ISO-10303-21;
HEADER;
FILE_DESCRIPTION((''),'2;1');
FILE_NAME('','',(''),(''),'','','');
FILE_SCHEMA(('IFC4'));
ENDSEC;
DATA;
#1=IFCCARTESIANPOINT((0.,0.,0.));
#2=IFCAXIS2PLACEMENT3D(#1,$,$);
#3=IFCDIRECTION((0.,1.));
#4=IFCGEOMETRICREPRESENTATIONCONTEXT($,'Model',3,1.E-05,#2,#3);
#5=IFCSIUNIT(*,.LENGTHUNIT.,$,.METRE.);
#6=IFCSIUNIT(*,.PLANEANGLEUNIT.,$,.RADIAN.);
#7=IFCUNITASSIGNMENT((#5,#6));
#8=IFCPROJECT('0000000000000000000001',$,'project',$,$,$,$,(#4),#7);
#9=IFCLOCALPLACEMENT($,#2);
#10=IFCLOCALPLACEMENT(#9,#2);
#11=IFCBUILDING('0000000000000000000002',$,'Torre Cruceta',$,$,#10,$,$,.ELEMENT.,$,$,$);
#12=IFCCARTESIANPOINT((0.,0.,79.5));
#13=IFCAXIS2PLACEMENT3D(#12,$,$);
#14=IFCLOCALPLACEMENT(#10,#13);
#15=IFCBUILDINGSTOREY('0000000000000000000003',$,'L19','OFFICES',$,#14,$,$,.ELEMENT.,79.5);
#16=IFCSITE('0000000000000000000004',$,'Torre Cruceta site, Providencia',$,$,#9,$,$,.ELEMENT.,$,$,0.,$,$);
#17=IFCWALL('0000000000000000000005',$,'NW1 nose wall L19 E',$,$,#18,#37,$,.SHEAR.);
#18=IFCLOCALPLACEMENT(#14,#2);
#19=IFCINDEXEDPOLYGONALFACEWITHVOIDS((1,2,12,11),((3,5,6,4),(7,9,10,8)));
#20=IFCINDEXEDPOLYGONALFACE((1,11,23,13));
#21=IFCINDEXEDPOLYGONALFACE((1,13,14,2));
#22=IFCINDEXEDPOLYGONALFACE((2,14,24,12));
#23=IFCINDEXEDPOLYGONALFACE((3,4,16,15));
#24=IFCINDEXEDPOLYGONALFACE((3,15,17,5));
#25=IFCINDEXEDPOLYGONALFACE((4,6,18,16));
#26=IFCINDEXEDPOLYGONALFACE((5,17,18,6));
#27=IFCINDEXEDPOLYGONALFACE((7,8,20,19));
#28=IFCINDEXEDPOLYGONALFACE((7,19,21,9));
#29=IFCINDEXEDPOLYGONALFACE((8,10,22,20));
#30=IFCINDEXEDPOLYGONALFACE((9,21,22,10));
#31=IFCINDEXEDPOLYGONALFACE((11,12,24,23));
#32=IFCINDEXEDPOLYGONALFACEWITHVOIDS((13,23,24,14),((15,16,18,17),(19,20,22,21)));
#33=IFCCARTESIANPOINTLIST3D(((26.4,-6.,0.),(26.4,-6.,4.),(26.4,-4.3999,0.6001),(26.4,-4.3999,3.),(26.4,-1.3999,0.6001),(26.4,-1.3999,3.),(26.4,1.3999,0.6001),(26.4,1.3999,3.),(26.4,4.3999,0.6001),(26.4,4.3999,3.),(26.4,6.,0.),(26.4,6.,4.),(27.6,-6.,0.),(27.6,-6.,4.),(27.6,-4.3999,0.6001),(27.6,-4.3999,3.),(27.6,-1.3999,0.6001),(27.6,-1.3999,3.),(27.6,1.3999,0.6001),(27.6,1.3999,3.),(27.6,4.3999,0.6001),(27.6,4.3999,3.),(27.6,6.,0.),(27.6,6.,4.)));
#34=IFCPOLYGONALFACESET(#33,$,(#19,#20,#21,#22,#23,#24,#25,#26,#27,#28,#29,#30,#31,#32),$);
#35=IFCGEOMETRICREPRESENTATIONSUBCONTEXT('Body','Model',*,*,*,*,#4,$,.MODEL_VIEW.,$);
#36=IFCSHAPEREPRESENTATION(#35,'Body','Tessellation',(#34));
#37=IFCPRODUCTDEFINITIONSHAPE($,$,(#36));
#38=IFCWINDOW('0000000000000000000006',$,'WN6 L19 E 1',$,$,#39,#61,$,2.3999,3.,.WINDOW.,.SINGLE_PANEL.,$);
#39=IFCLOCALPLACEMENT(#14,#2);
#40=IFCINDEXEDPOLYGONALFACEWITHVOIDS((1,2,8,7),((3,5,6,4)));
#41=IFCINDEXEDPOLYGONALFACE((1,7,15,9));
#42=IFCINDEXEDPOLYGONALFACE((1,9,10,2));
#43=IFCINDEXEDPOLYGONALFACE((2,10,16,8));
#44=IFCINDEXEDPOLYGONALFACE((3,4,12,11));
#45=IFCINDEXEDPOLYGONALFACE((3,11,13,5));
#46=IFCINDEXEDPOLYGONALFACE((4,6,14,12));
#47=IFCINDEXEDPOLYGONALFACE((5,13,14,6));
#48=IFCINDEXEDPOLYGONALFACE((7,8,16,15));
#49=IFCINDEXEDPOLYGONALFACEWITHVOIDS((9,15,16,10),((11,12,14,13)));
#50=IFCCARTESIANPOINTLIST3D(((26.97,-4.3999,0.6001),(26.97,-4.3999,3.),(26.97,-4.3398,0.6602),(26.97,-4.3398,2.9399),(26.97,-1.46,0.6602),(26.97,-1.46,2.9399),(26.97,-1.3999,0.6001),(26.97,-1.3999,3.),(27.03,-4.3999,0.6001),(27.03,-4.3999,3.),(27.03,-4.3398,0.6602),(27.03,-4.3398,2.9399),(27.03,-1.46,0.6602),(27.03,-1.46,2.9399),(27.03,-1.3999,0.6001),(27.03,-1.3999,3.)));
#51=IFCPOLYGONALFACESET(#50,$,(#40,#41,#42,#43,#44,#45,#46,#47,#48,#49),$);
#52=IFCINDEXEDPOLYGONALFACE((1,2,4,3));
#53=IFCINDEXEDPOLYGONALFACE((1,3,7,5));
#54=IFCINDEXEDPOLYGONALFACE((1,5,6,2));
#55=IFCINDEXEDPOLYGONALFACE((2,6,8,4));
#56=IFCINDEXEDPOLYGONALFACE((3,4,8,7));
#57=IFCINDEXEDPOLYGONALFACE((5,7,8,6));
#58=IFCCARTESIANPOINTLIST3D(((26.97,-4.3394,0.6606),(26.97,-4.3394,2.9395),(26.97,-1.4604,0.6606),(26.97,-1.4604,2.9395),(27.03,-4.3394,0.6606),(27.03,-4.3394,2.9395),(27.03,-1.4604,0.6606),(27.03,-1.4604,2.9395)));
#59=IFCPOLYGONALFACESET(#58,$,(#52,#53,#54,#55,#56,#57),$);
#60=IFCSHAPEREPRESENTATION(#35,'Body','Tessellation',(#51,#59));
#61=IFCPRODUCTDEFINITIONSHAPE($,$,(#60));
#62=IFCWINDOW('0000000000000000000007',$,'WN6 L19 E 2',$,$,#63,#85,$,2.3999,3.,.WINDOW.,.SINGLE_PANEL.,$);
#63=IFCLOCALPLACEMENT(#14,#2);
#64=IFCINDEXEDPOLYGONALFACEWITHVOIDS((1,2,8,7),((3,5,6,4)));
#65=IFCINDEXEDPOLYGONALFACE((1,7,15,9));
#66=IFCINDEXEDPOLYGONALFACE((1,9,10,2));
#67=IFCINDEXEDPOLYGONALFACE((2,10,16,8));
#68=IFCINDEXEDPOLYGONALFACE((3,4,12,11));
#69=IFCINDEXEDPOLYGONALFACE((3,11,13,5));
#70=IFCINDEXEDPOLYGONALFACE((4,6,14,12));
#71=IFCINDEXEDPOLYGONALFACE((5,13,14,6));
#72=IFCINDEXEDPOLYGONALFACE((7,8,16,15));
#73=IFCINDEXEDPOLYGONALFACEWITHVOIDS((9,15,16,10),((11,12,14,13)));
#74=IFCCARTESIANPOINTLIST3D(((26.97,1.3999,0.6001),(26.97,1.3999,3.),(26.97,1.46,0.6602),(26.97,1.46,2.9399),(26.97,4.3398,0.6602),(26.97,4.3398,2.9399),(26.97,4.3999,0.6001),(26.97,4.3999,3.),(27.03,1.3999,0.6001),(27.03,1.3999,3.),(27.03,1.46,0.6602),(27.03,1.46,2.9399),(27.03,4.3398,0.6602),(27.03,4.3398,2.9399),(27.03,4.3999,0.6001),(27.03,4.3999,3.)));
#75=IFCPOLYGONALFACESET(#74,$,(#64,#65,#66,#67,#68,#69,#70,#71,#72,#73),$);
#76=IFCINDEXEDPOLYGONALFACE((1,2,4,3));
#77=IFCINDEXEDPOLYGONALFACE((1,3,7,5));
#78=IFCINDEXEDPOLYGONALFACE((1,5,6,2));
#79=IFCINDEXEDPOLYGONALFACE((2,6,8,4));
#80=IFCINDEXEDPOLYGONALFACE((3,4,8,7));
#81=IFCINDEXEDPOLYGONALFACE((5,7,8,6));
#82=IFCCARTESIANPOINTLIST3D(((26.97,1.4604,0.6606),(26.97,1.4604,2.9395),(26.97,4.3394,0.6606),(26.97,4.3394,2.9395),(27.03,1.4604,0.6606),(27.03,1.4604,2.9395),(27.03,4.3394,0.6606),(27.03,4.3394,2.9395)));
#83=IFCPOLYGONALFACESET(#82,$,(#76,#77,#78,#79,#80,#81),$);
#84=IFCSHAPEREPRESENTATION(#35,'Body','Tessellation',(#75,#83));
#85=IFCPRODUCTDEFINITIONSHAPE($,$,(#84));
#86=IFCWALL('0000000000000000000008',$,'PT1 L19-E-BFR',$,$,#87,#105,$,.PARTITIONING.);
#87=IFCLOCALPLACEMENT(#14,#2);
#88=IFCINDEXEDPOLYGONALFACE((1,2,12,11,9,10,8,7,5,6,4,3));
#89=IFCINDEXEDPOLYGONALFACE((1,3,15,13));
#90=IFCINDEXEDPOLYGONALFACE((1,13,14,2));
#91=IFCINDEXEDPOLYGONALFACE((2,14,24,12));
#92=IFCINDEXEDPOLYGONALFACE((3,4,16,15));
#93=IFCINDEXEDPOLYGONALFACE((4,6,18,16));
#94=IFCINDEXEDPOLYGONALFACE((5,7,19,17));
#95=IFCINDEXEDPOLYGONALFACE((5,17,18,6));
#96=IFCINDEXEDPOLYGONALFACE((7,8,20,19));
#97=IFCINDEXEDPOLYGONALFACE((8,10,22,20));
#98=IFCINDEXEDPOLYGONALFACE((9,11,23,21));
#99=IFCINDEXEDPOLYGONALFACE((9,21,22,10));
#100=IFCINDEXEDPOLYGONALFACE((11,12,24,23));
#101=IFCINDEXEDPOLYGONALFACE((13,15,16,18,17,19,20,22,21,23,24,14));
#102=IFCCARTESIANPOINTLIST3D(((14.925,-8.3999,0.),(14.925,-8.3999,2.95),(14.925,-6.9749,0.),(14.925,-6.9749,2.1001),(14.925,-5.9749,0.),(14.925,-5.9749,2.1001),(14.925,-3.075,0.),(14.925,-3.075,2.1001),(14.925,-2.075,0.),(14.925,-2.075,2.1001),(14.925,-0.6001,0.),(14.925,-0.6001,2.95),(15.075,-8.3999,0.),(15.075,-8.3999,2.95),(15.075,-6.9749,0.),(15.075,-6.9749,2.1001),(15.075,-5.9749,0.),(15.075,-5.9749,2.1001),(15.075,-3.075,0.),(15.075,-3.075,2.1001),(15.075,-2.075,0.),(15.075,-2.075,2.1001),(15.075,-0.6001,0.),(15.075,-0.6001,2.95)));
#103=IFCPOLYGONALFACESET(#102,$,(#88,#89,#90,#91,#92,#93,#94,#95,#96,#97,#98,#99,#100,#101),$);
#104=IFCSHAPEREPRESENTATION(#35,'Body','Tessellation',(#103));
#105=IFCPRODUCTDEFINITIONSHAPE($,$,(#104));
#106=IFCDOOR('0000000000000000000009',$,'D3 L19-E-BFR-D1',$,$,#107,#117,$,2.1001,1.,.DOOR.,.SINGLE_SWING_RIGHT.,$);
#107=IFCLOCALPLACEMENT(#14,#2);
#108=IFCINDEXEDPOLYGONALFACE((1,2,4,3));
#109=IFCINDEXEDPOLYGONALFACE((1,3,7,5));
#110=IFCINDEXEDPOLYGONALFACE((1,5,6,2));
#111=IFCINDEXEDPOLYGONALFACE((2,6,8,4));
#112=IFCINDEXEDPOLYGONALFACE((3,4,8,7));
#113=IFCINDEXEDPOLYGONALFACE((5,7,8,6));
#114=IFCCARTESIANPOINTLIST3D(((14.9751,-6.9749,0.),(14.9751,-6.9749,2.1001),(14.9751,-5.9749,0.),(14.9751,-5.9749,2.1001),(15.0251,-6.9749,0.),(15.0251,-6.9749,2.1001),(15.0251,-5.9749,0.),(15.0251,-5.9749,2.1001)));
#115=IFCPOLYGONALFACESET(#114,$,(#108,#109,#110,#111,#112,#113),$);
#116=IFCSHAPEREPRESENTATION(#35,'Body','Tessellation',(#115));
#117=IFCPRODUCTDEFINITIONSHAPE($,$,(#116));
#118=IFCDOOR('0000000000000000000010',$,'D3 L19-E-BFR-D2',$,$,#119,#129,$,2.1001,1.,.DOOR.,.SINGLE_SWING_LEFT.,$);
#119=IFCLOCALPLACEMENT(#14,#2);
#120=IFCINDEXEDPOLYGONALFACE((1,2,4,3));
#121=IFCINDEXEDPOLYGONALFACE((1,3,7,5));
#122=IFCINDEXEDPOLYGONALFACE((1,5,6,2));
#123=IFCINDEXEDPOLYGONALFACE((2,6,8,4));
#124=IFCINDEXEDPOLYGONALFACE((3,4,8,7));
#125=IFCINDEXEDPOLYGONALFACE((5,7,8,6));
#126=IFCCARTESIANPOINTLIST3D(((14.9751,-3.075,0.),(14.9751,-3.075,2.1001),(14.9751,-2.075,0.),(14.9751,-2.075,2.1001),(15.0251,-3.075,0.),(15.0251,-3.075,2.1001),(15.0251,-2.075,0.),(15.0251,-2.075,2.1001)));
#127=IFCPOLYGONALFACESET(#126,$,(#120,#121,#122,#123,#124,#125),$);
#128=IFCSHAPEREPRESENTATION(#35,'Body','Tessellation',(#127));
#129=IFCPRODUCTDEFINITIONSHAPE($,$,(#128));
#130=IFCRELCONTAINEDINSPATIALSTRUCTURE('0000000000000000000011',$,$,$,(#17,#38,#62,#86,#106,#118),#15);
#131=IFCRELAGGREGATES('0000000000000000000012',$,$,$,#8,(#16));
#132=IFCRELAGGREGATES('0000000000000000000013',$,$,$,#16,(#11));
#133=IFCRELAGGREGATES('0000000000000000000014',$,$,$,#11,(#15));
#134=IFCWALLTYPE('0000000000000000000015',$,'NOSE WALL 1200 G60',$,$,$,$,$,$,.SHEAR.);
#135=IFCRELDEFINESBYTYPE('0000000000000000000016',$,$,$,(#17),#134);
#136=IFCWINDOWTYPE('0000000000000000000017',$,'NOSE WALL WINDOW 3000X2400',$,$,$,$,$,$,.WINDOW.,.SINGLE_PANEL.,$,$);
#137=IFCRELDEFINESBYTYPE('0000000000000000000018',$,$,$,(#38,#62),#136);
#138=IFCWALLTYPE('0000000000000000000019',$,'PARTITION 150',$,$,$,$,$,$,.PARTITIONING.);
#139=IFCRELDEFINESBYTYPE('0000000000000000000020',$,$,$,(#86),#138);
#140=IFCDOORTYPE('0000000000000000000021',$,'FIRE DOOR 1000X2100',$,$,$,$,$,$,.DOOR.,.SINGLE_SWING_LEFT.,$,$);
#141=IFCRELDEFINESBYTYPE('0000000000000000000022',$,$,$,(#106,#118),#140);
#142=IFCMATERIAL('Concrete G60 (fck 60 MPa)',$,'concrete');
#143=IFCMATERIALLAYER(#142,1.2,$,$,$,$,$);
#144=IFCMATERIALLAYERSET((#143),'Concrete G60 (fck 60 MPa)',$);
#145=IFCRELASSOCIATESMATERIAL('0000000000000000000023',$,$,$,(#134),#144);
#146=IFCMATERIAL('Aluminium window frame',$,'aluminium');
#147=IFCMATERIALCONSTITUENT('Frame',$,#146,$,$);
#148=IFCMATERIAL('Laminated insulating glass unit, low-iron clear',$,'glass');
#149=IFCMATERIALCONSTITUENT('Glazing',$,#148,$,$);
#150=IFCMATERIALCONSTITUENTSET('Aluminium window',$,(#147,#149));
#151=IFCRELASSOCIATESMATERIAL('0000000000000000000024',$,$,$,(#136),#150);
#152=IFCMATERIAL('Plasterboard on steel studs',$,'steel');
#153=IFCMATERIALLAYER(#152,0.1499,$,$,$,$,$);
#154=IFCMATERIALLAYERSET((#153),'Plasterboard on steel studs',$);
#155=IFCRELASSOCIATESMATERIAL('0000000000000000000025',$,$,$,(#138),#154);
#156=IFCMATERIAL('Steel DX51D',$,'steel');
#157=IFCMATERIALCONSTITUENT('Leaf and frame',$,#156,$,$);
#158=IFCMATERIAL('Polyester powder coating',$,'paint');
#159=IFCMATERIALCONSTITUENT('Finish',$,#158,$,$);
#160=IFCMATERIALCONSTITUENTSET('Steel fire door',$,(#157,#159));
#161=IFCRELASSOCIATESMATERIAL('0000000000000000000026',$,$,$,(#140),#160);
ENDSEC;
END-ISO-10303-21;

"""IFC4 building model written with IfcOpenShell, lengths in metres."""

from ifc_helpers import new_model, si_unit, direction, frame, frame_2d, origin, place, context, subcontext, project, spatial, rectangle, hollow_rectangle, extrude, material, layer, layer_set, constituent, constituent_set, type_object, element, fill, save


model = new_model("IFC4")

# Units and contexts
model_context = context("Model", 3, precision=1e-05, world=origin(), true_north=direction((0.0, 1.0)))
body_context = subcontext(model_context, "Body", "Model", "MODEL_VIEW")
ifc_project = project(units=[si_unit("LENGTHUNIT", "METRE"), si_unit("PLANEANGLEUNIT", "RADIAN")], contexts=[model_context])

# Site, building, storey
site_placement = place(None, origin())
site = spatial("IfcSite", under=ifc_project, at=site_placement, Name="Torre Cruceta site, Providencia", CompositionType="ELEMENT", RefElevation=0.0)
building_placement = place(site_placement, origin())
building = spatial("IfcBuilding", under=site, at=building_placement, Name="Torre Cruceta", CompositionType="ELEMENT")
storey_placement = place(building_placement, frame((0.0, 0.0, 79.5)))
storey = spatial("IfcBuildingStorey", under=building, at=storey_placement, Name="L19", Description="OFFICES", CompositionType="ELEMENT", Elevation=79.5)

# Wall, openings, windows
ifc_material_1 = material(Name="Concrete G60 (fck 60 MPa)", Category="concrete")
ifc_layer_1 = layer(ifc_material_1, 1.2)
ifc_layer_set_1 = layer_set([ifc_layer_1], Name="Concrete G60 (fck 60 MPa)")
wall_type_1 = type_object("IfcWallType", Name="NOSE WALL 1200 G60", PredefinedType="SHEAR", material=ifc_layer_set_1)
wall_1_placement = place(storey_placement, frame((27.0, -6.0, 0.0), z_axis=(0.0, 0.0, 1.0), x_axis=(0.0, 1.0, 0.0)))
wall_1 = element("IfcWall", 1, at=wall_1_placement, inside=storey, type_object=wall_type_1, Name="NW1 nose wall L19 E", PredefinedType="SHEAR", context=body_context, shape_type="SweptSolid", body=[
    extrude(rectangle(XDim=12.0, YDim=1.2, at=frame_2d((6.0, 0.0))), origin(), (0.0, 0.0, 1.0), 4.0),
])
opening_1_placement = place(wall_1_placement, frame((1.6001, 0.0, 0.6001)))
opening_1 = element("IfcOpeningElement", 2, at=opening_1_placement, cuts=wall_1, PredefinedType="OPENING", context=body_context, shape_type="SweptSolid", body=[
    extrude(rectangle(XDim=3.0, YDim=2.3999, at=frame_2d((1.5, 1.2))), frame((0.0, 0.6099, 0.0), z_axis=(0.0, -1.0, 0.0), x_axis=(1.0, 0.0, 0.0)), (0.0, 0.0, 1.0), 1.22),
])
opening_2_placement = place(wall_1_placement, frame((7.3999, 0.0, 0.6001)))
opening_2 = element("IfcOpeningElement", 3, at=opening_2_placement, cuts=wall_1, PredefinedType="OPENING", context=body_context, shape_type="SweptSolid", body=[
    extrude(rectangle(XDim=3.0, YDim=2.3999, at=frame_2d((1.5, 1.2))), frame((0.0, 0.6099, 0.0), z_axis=(0.0, -1.0, 0.0), x_axis=(1.0, 0.0, 0.0)), (0.0, 0.0, 1.0), 1.22),
])
ifc_material_2 = material(Name="Aluminium window frame", Category="aluminium")
ifc_constituent_1 = constituent(ifc_material_2, Name="Frame")
ifc_material_3 = material(Name="Laminated insulating glass unit, low-iron clear", Category="glass")
ifc_constituent_2 = constituent(ifc_material_3, Name="Glazing")
ifc_constituent_set_1 = constituent_set(constituents=[ifc_constituent_1, ifc_constituent_2], Name="Aluminium window")
window_type = type_object("IfcWindowType", Name="NOSE WALL WINDOW 3000X2400", PartitioningType="SINGLE_PANEL", PredefinedType="WINDOW", material=ifc_constituent_set_1)
window_1_placement = place(opening_1_placement, origin())
window_1 = element("IfcWindow", 4, at=window_1_placement, inside=storey, type_object=window_type, Name="WN6 L19 E 1", OverallHeight=2.3999, OverallWidth=3.0, PartitioningType="SINGLE_PANEL", PredefinedType="WINDOW", context=body_context, shape_type="SweptSolid", body=[
    extrude(hollow_rectangle(XDim=3.0, YDim=2.3999, WallThickness=0.0601, at=frame_2d((1.5, 1.2))), frame((0.0, 0.03, 0.0), z_axis=(0.0, -1.0, 0.0), x_axis=(1.0, 0.0, 0.0)), (0.0, 0.0, 1.0), 0.0601),
    extrude(rectangle(XDim=2.8789, YDim=2.2788, at=frame_2d((1.5, 1.2))), frame((0.0, 0.03, 0.0), z_axis=(0.0, -1.0, 0.0), x_axis=(1.0, 0.0, 0.0)), (0.0, 0.0, 1.0), 0.0601),
])
fill(opening_1, window_1)
window_2_placement = place(opening_2_placement, origin())
window_2 = element("IfcWindow", 5, at=window_2_placement, inside=storey, type_object=window_type, Name="WN6 L19 E 2", OverallHeight=2.3999, OverallWidth=3.0, PartitioningType="SINGLE_PANEL", PredefinedType="WINDOW", context=body_context, shape_type="SweptSolid", body=[
    extrude(hollow_rectangle(XDim=3.0, YDim=2.3999, WallThickness=0.0601, at=frame_2d((1.5, 1.2))), frame((0.0, 0.03, 0.0), z_axis=(0.0, -1.0, 0.0), x_axis=(1.0, 0.0, 0.0)), (0.0, 0.0, 1.0), 0.0601),
    extrude(rectangle(XDim=2.8789, YDim=2.2788, at=frame_2d((1.5, 1.2))), frame((0.0, 0.03, 0.0), z_axis=(0.0, -1.0, 0.0), x_axis=(1.0, 0.0, 0.0)), (0.0, 0.0, 1.0), 0.0601),
])
fill(opening_2, window_2)

# Wall, openings, doors
ifc_material_4 = material(Name="Plasterboard on steel studs", Category="steel")
ifc_layer_2 = layer(ifc_material_4, 0.1499)
ifc_layer_set_2 = layer_set([ifc_layer_2], Name="Plasterboard on steel studs")
wall_type_2 = type_object("IfcWallType", Name="PARTITION 150", PredefinedType="PARTITIONING", material=ifc_layer_set_2)
wall_2_placement = place(storey_placement, frame((15.0, -8.3999, 0.0), z_axis=(0.0, 0.0, 1.0), x_axis=(0.0, 1.0, 0.0)))
wall_2 = element("IfcWall", 6, at=wall_2_placement, inside=storey, type_object=wall_type_2, Name="PT1 L19-E-BFR", PredefinedType="PARTITIONING", context=body_context, shape_type="SweptSolid", body=[
    extrude(rectangle(XDim=7.7998, YDim=0.1499, at=frame_2d((3.8999, 0.0))), origin(), (0.0, 0.0, 1.0), 2.95),
])
opening_3_placement = place(wall_2_placement, frame((1.425, 0.0, 0.0)))
opening_3 = element("IfcOpeningElement", 7, at=opening_3_placement, cuts=wall_2, PredefinedType="OPENING", context=body_context, shape_type="SweptSolid", body=[
    extrude(rectangle(XDim=1.0, YDim=2.1001, at=frame_2d((0.5, 1.05))), frame((0.0, 0.085, 0.0), z_axis=(0.0, -1.0, 0.0), x_axis=(1.0, 0.0, 0.0)), (0.0, 0.0, 1.0), 0.1699),
])
opening_4_placement = place(wall_2_placement, frame((5.325, 0.0, 0.0)))
opening_4 = element("IfcOpeningElement", 8, at=opening_4_placement, cuts=wall_2, PredefinedType="OPENING", context=body_context, shape_type="SweptSolid", body=[
    extrude(rectangle(XDim=1.0, YDim=2.1001, at=frame_2d((0.5, 1.05))), frame((0.0, 0.085, 0.0), z_axis=(0.0, -1.0, 0.0), x_axis=(1.0, 0.0, 0.0)), (0.0, 0.0, 1.0), 0.1699),
])
ifc_material_5 = material(Name="Steel DX51D", Category="steel")
ifc_constituent_3 = constituent(ifc_material_5, Name="Leaf and frame")
ifc_material_6 = material(Name="Polyester powder coating", Category="paint")
ifc_constituent_4 = constituent(ifc_material_6, Name="Finish")
ifc_constituent_set_2 = constituent_set(constituents=[ifc_constituent_3, ifc_constituent_4], Name="Steel fire door")
door_type = type_object("IfcDoorType", Name="FIRE DOOR 1000X2100", OperationType="SINGLE_SWING_LEFT", PredefinedType="DOOR", material=ifc_constituent_set_2)
door_1_placement = place(opening_3_placement, origin())
door_1 = element("IfcDoor", 9, at=door_1_placement, inside=storey, type_object=door_type, Name="D3 L19-E-BFR-D1", OperationType="SINGLE_SWING_RIGHT", OverallHeight=2.1001, OverallWidth=1.0, PredefinedType="DOOR", context=body_context, shape_type="SweptSolid", body=[
    extrude(rectangle(XDim=1.0, YDim=2.1001, at=frame_2d((0.5, 1.05))), frame((0.0, 0.0249, 0.0), z_axis=(0.0, -1.0, 0.0), x_axis=(1.0, 0.0, 0.0)), (0.0, 0.0, 1.0), 0.05),
])
fill(opening_3, door_1)
door_2_placement = place(opening_4_placement, origin())
door_2 = element("IfcDoor", 10, at=door_2_placement, inside=storey, type_object=door_type, Name="D3 L19-E-BFR-D2", OperationType="SINGLE_SWING_LEFT", OverallHeight=2.1001, OverallWidth=1.0, PredefinedType="DOOR", context=body_context, shape_type="SweptSolid", body=[
    extrude(rectangle(XDim=1.0, YDim=2.1001, at=frame_2d((0.5, 1.05))), frame((0.0, 0.0249, 0.0), z_axis=(0.0, -1.0, 0.0), x_axis=(1.0, 0.0, 0.0)), (0.0, 0.0, 1.0), 0.05),
])
fill(opening_4, door_2)

save(model, "model.ifc")
